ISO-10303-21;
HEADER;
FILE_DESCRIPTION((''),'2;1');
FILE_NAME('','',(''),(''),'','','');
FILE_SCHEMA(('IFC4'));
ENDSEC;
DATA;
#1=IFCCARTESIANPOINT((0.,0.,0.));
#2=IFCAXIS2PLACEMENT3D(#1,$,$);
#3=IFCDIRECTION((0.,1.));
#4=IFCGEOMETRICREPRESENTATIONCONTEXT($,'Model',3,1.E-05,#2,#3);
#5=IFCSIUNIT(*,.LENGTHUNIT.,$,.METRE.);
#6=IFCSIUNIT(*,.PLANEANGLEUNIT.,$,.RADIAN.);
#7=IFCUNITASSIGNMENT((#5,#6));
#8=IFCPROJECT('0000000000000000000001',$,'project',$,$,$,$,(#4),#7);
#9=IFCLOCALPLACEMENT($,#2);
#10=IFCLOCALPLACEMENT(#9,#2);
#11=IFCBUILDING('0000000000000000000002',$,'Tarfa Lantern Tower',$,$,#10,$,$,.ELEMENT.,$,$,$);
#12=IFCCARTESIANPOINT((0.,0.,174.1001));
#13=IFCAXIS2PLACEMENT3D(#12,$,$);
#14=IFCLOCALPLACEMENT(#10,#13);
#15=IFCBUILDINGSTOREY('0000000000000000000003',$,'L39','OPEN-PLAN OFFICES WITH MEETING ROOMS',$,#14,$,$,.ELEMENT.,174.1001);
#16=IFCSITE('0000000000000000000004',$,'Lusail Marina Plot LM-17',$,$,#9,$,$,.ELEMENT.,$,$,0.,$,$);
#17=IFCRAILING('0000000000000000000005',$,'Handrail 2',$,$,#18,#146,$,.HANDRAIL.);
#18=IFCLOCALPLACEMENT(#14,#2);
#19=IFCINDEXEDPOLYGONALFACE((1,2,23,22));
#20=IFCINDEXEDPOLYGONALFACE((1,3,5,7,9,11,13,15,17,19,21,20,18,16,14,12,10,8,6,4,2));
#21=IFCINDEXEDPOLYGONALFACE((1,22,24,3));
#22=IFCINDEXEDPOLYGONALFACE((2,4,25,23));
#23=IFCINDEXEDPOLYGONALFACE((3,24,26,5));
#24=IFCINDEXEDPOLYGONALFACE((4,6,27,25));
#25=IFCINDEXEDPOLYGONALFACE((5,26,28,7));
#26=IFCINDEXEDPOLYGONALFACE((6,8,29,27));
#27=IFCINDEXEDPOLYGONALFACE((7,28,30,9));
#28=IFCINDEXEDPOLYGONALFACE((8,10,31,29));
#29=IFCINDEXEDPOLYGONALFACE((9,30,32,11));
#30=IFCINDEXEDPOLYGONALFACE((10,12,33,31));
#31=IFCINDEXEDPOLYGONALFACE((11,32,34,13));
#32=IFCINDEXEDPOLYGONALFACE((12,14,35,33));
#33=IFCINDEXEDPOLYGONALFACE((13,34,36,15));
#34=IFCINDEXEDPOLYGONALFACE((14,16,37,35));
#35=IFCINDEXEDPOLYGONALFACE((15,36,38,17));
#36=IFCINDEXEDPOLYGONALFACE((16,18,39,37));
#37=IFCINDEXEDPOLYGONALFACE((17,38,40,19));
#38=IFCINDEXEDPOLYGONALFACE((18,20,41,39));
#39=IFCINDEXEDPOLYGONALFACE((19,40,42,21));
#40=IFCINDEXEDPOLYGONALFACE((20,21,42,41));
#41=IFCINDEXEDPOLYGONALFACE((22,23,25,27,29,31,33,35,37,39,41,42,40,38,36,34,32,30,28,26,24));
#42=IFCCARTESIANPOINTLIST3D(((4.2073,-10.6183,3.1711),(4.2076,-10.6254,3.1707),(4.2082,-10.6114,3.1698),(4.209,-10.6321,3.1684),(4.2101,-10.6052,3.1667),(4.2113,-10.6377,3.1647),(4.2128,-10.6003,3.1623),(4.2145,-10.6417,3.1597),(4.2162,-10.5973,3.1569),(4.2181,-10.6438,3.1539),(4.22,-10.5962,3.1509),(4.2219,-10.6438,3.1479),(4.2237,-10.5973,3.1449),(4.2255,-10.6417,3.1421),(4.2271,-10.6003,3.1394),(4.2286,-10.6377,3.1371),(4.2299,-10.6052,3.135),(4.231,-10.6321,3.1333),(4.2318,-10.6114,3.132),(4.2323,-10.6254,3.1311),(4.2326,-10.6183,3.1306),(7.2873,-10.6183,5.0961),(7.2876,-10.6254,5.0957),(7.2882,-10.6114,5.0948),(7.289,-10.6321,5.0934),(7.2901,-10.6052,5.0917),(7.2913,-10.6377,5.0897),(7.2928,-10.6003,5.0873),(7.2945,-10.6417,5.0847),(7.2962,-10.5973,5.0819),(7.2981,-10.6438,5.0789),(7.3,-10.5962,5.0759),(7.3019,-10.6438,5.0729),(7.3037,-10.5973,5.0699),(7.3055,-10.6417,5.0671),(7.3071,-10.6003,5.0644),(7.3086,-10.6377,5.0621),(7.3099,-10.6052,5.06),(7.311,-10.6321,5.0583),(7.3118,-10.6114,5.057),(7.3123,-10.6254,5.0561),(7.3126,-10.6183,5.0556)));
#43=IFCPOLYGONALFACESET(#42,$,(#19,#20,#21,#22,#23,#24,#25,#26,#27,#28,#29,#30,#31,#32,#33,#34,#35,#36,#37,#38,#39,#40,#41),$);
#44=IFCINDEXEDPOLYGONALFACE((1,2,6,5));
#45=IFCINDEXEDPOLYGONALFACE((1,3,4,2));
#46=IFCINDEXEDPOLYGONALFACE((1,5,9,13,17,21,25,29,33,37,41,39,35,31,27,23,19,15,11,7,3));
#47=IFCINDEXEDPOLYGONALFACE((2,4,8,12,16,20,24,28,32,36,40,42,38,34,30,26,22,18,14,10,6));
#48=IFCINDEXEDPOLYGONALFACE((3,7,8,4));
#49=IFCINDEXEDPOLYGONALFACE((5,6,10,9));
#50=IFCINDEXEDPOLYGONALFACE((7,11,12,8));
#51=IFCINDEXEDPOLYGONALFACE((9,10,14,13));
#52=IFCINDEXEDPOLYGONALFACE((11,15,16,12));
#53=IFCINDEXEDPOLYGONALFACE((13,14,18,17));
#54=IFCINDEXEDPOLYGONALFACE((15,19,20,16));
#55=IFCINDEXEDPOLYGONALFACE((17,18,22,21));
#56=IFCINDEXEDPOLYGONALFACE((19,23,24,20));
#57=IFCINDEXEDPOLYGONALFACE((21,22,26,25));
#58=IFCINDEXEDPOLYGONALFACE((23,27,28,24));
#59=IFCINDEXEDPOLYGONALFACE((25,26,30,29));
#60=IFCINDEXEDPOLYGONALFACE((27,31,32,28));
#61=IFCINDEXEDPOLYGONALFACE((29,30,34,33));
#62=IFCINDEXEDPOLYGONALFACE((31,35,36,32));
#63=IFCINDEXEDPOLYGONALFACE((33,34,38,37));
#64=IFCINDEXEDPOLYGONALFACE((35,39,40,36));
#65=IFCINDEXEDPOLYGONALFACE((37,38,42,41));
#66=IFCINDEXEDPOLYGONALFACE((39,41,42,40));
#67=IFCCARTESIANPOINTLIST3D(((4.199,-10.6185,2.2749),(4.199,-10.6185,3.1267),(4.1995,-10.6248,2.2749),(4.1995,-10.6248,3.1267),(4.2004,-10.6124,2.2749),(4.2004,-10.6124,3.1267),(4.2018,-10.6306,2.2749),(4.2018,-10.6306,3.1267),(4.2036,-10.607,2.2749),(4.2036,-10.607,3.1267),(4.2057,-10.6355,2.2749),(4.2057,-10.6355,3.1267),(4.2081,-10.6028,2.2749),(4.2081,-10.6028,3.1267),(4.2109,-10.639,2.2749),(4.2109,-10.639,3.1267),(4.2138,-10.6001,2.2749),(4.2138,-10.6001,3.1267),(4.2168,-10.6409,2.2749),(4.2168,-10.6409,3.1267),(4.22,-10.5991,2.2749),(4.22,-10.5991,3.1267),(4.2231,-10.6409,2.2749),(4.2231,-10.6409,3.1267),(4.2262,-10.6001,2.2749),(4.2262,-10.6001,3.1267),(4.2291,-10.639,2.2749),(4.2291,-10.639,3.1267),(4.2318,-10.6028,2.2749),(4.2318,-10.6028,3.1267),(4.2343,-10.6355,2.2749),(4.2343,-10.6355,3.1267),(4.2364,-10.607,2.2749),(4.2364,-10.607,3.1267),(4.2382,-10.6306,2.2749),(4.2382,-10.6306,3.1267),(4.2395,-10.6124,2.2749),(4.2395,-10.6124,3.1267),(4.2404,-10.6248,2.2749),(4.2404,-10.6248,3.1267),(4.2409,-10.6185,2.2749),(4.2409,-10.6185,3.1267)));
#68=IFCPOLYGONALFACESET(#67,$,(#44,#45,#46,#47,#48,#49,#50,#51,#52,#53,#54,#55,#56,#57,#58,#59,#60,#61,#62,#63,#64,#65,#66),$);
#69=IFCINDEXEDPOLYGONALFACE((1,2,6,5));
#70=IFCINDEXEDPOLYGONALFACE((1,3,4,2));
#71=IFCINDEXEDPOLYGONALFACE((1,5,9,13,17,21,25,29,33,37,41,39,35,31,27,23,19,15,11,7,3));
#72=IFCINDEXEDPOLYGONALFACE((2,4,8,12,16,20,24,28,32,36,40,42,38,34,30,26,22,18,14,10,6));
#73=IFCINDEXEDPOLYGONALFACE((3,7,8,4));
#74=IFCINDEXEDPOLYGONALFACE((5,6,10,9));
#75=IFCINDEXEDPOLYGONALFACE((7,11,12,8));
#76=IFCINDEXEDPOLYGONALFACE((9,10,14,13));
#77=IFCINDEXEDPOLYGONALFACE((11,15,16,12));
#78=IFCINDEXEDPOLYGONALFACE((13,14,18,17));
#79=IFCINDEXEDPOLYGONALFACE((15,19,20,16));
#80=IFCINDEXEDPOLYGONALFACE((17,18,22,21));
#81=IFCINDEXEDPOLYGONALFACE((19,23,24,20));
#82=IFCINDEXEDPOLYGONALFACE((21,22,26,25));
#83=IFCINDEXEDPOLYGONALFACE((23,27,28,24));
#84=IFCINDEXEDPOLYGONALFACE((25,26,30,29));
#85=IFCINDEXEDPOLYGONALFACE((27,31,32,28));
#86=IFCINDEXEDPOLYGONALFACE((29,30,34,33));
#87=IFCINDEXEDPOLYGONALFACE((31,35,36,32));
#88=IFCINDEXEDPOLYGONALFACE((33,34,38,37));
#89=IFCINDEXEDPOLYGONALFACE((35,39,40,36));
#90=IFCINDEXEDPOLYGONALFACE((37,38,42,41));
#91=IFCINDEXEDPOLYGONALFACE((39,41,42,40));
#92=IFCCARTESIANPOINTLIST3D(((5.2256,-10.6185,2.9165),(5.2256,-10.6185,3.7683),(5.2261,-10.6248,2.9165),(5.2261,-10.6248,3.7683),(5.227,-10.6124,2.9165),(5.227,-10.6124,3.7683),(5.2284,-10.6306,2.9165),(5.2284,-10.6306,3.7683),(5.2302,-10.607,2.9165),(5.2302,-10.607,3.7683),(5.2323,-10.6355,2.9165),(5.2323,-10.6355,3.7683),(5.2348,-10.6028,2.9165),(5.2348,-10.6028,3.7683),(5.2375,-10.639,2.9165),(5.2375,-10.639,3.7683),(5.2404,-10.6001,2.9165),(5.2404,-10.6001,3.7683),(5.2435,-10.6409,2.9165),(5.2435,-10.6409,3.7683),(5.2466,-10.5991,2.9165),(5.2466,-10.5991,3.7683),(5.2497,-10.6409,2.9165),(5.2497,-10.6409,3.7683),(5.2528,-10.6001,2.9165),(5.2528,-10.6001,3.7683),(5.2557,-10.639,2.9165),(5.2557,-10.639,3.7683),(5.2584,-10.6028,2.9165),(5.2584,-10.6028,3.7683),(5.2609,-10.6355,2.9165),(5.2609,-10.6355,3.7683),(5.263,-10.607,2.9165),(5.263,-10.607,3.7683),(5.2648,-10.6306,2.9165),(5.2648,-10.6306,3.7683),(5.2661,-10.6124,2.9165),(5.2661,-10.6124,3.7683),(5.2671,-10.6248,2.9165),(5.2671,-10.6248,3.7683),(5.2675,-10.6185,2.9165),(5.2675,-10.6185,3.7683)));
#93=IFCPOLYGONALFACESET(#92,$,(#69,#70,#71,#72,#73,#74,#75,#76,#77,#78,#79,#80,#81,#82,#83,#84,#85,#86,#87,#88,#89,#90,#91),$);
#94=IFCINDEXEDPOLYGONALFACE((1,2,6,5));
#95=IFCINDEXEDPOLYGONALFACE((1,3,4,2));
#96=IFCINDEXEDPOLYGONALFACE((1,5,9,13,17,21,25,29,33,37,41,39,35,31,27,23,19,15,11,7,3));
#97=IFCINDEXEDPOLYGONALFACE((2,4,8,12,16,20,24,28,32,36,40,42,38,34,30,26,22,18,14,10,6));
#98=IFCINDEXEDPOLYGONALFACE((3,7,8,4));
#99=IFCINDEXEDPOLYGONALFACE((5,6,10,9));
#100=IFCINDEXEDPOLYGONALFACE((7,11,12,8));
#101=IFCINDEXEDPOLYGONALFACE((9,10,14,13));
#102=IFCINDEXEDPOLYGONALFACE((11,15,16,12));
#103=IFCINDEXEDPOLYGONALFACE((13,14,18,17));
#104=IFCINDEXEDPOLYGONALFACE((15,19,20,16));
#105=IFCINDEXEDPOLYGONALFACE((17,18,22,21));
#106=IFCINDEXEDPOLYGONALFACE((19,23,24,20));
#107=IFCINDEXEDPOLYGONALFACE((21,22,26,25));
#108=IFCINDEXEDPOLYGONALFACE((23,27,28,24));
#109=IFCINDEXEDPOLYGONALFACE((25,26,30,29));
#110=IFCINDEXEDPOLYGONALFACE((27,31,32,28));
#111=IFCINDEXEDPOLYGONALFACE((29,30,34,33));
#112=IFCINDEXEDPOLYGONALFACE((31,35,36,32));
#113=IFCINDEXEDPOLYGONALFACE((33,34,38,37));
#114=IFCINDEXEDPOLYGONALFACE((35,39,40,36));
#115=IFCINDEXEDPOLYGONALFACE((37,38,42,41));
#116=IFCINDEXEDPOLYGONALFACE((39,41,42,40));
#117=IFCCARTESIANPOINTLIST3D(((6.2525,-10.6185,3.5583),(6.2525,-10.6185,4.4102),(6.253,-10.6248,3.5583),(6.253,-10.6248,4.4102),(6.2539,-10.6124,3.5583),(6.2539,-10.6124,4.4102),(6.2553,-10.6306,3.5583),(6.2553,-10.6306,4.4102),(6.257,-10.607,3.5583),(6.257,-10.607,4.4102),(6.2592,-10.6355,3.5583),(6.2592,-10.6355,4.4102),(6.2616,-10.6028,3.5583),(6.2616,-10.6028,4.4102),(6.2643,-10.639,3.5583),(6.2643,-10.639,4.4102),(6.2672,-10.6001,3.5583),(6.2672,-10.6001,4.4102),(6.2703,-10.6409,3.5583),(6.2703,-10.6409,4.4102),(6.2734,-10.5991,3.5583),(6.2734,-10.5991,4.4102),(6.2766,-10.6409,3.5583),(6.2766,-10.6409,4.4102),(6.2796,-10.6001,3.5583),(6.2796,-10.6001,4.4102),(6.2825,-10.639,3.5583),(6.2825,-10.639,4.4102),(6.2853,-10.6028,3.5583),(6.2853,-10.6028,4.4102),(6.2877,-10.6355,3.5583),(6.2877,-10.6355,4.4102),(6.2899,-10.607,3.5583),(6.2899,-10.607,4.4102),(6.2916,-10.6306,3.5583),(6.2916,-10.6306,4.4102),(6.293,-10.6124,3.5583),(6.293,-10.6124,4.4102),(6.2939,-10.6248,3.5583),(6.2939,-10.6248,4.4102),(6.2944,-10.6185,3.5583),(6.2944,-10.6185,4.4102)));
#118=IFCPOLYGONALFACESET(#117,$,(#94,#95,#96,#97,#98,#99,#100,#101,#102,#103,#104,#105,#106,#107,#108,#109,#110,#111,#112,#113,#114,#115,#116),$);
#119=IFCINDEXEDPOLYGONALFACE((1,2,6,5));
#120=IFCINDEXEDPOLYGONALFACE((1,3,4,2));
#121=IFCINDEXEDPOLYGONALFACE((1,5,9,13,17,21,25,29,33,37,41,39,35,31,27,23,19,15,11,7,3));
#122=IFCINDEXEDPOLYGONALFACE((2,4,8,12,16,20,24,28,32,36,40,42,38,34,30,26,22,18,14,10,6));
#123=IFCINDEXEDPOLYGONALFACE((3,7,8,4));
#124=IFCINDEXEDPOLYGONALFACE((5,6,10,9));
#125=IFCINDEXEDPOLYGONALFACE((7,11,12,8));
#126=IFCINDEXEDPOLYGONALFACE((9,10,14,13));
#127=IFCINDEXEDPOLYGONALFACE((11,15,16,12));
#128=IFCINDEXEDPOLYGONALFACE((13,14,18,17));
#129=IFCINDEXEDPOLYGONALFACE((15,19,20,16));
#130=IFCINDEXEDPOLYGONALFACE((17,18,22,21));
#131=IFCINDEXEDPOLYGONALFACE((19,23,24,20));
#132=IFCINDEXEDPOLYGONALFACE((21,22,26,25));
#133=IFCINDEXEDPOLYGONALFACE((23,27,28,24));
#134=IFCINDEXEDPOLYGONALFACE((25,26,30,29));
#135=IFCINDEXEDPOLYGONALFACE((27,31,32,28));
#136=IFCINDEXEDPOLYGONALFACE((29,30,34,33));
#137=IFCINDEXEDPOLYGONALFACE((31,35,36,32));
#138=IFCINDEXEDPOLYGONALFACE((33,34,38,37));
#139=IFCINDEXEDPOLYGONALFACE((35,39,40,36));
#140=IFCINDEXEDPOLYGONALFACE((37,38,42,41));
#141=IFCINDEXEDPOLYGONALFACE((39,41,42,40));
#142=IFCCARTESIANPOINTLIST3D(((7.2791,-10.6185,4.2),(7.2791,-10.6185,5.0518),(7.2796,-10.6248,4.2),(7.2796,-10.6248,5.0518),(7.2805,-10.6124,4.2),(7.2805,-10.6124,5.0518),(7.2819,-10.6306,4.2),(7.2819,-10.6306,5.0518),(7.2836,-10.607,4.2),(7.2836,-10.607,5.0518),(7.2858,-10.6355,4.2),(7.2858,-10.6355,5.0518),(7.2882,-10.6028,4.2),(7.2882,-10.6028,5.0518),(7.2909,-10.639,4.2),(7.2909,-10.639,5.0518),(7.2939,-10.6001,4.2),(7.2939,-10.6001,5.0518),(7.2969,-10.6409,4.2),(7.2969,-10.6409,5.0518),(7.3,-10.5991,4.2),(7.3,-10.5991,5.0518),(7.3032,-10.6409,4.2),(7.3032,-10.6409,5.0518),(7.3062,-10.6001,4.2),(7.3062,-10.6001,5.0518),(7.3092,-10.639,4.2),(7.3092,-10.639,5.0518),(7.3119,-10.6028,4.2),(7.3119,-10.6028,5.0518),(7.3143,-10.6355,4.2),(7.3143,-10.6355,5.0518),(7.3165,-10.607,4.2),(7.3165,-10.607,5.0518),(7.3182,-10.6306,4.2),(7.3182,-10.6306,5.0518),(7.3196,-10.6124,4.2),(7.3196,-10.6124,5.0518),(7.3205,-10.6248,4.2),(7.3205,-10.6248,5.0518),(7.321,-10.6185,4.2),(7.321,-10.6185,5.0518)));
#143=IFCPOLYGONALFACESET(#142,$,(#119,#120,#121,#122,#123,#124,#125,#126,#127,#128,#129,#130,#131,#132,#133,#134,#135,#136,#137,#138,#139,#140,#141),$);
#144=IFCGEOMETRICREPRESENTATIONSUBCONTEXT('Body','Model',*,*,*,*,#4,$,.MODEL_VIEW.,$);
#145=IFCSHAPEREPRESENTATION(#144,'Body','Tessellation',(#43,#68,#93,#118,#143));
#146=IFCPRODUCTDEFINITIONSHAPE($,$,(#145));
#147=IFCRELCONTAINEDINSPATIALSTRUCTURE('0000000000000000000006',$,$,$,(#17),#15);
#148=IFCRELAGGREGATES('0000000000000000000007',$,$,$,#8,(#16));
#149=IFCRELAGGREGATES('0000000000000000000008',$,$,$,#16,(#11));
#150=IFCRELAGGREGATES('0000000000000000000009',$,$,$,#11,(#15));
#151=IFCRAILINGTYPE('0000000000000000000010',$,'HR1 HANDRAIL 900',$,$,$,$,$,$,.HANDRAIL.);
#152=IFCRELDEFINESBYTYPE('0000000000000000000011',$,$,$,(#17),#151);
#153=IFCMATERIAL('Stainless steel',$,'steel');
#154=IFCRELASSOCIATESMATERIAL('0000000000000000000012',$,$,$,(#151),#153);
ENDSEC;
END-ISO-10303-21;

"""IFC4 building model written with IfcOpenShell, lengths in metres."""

from ifc_helpers import new_model, si_unit, direction, frame, origin, origin_2d, place, context, subcontext, project, spatial, circle, extrude, material, type_object, element, save


model = new_model("IFC4")

# Units and contexts
model_context = context("Model", 3, precision=1e-05, world=origin(), true_north=direction((0.0, 1.0)))
body_context = subcontext(model_context, "Body", "Model", "MODEL_VIEW")
ifc_project = project(units=[si_unit("LENGTHUNIT", "METRE"), si_unit("PLANEANGLEUNIT", "RADIAN")], contexts=[model_context])

# Site, building, storey
site_placement = place(None, origin())
site = spatial("IfcSite", under=ifc_project, at=site_placement, Name="Lusail Marina Plot LM-17", CompositionType="ELEMENT", RefElevation=0.0)
building_placement = place(site_placement, origin())
building = spatial("IfcBuilding", under=site, at=building_placement, Name="Tarfa Lantern Tower", CompositionType="ELEMENT")
storey_placement = place(building_placement, frame((0.0, 0.0, 174.1001)))
storey = spatial("IfcBuildingStorey", under=building, at=storey_placement, Name="L39", Description="OPEN-PLAN OFFICES WITH MEETING ROOMS", CompositionType="ELEMENT", Elevation=174.1001)

# Railing
ifc_material_1 = material(Name="Stainless steel", Category="steel")
railing_type = type_object("IfcRailingType", Name="HR1 HANDRAIL 900", PredefinedType="HANDRAIL", material=ifc_material_1)
railing_1_placement = place(storey_placement, frame((4.22, -10.6201, 2.2749)))
element("IfcRailing", 1, at=railing_1_placement, inside=storey, type_object=railing_type, Name="Handrail 2", PredefinedType="HANDRAIL", context=body_context, shape_type="SweptSolid", body=[
    extrude(circle(Radius=0.0239, at=origin_2d()), frame((0.0, 0.0, 0.876), z_axis=(0.847998, 0.0, 0.529999), x_axis=(0.0, 1.0, 0.0)), (0.0, 0.0, 1.0), 3.6321),
    extrude(circle(Radius=0.021, at=origin_2d()), frame((0.0, 0.0, 0.0), z_axis=(0.0, 0.0, 1.0), x_axis=(0.0, 1.0, 0.0)), (0.0, 0.0, 1.0), 0.8518),
    extrude(circle(Radius=0.021, at=origin_2d()), frame((1.0266, 0.0, 0.6416), z_axis=(0.0, 0.0, 1.0), x_axis=(0.0, 1.0, 0.0)), (0.0, 0.0, 1.0), 0.8518),
    extrude(circle(Radius=0.021, at=origin_2d()), frame((2.0535, 0.0, 1.2834), z_axis=(0.0, 0.0, 1.0), x_axis=(0.0, 1.0, 0.0)), (0.0, 0.0, 1.0), 0.8518),
    extrude(circle(Radius=0.021, at=origin_2d()), frame((3.0801, 0.0, 1.925), z_axis=(0.0, 0.0, 1.0), x_axis=(0.0, 1.0, 0.0)), (0.0, 0.0, 1.0), 0.8518),
])

save(model, "model.ifc")
